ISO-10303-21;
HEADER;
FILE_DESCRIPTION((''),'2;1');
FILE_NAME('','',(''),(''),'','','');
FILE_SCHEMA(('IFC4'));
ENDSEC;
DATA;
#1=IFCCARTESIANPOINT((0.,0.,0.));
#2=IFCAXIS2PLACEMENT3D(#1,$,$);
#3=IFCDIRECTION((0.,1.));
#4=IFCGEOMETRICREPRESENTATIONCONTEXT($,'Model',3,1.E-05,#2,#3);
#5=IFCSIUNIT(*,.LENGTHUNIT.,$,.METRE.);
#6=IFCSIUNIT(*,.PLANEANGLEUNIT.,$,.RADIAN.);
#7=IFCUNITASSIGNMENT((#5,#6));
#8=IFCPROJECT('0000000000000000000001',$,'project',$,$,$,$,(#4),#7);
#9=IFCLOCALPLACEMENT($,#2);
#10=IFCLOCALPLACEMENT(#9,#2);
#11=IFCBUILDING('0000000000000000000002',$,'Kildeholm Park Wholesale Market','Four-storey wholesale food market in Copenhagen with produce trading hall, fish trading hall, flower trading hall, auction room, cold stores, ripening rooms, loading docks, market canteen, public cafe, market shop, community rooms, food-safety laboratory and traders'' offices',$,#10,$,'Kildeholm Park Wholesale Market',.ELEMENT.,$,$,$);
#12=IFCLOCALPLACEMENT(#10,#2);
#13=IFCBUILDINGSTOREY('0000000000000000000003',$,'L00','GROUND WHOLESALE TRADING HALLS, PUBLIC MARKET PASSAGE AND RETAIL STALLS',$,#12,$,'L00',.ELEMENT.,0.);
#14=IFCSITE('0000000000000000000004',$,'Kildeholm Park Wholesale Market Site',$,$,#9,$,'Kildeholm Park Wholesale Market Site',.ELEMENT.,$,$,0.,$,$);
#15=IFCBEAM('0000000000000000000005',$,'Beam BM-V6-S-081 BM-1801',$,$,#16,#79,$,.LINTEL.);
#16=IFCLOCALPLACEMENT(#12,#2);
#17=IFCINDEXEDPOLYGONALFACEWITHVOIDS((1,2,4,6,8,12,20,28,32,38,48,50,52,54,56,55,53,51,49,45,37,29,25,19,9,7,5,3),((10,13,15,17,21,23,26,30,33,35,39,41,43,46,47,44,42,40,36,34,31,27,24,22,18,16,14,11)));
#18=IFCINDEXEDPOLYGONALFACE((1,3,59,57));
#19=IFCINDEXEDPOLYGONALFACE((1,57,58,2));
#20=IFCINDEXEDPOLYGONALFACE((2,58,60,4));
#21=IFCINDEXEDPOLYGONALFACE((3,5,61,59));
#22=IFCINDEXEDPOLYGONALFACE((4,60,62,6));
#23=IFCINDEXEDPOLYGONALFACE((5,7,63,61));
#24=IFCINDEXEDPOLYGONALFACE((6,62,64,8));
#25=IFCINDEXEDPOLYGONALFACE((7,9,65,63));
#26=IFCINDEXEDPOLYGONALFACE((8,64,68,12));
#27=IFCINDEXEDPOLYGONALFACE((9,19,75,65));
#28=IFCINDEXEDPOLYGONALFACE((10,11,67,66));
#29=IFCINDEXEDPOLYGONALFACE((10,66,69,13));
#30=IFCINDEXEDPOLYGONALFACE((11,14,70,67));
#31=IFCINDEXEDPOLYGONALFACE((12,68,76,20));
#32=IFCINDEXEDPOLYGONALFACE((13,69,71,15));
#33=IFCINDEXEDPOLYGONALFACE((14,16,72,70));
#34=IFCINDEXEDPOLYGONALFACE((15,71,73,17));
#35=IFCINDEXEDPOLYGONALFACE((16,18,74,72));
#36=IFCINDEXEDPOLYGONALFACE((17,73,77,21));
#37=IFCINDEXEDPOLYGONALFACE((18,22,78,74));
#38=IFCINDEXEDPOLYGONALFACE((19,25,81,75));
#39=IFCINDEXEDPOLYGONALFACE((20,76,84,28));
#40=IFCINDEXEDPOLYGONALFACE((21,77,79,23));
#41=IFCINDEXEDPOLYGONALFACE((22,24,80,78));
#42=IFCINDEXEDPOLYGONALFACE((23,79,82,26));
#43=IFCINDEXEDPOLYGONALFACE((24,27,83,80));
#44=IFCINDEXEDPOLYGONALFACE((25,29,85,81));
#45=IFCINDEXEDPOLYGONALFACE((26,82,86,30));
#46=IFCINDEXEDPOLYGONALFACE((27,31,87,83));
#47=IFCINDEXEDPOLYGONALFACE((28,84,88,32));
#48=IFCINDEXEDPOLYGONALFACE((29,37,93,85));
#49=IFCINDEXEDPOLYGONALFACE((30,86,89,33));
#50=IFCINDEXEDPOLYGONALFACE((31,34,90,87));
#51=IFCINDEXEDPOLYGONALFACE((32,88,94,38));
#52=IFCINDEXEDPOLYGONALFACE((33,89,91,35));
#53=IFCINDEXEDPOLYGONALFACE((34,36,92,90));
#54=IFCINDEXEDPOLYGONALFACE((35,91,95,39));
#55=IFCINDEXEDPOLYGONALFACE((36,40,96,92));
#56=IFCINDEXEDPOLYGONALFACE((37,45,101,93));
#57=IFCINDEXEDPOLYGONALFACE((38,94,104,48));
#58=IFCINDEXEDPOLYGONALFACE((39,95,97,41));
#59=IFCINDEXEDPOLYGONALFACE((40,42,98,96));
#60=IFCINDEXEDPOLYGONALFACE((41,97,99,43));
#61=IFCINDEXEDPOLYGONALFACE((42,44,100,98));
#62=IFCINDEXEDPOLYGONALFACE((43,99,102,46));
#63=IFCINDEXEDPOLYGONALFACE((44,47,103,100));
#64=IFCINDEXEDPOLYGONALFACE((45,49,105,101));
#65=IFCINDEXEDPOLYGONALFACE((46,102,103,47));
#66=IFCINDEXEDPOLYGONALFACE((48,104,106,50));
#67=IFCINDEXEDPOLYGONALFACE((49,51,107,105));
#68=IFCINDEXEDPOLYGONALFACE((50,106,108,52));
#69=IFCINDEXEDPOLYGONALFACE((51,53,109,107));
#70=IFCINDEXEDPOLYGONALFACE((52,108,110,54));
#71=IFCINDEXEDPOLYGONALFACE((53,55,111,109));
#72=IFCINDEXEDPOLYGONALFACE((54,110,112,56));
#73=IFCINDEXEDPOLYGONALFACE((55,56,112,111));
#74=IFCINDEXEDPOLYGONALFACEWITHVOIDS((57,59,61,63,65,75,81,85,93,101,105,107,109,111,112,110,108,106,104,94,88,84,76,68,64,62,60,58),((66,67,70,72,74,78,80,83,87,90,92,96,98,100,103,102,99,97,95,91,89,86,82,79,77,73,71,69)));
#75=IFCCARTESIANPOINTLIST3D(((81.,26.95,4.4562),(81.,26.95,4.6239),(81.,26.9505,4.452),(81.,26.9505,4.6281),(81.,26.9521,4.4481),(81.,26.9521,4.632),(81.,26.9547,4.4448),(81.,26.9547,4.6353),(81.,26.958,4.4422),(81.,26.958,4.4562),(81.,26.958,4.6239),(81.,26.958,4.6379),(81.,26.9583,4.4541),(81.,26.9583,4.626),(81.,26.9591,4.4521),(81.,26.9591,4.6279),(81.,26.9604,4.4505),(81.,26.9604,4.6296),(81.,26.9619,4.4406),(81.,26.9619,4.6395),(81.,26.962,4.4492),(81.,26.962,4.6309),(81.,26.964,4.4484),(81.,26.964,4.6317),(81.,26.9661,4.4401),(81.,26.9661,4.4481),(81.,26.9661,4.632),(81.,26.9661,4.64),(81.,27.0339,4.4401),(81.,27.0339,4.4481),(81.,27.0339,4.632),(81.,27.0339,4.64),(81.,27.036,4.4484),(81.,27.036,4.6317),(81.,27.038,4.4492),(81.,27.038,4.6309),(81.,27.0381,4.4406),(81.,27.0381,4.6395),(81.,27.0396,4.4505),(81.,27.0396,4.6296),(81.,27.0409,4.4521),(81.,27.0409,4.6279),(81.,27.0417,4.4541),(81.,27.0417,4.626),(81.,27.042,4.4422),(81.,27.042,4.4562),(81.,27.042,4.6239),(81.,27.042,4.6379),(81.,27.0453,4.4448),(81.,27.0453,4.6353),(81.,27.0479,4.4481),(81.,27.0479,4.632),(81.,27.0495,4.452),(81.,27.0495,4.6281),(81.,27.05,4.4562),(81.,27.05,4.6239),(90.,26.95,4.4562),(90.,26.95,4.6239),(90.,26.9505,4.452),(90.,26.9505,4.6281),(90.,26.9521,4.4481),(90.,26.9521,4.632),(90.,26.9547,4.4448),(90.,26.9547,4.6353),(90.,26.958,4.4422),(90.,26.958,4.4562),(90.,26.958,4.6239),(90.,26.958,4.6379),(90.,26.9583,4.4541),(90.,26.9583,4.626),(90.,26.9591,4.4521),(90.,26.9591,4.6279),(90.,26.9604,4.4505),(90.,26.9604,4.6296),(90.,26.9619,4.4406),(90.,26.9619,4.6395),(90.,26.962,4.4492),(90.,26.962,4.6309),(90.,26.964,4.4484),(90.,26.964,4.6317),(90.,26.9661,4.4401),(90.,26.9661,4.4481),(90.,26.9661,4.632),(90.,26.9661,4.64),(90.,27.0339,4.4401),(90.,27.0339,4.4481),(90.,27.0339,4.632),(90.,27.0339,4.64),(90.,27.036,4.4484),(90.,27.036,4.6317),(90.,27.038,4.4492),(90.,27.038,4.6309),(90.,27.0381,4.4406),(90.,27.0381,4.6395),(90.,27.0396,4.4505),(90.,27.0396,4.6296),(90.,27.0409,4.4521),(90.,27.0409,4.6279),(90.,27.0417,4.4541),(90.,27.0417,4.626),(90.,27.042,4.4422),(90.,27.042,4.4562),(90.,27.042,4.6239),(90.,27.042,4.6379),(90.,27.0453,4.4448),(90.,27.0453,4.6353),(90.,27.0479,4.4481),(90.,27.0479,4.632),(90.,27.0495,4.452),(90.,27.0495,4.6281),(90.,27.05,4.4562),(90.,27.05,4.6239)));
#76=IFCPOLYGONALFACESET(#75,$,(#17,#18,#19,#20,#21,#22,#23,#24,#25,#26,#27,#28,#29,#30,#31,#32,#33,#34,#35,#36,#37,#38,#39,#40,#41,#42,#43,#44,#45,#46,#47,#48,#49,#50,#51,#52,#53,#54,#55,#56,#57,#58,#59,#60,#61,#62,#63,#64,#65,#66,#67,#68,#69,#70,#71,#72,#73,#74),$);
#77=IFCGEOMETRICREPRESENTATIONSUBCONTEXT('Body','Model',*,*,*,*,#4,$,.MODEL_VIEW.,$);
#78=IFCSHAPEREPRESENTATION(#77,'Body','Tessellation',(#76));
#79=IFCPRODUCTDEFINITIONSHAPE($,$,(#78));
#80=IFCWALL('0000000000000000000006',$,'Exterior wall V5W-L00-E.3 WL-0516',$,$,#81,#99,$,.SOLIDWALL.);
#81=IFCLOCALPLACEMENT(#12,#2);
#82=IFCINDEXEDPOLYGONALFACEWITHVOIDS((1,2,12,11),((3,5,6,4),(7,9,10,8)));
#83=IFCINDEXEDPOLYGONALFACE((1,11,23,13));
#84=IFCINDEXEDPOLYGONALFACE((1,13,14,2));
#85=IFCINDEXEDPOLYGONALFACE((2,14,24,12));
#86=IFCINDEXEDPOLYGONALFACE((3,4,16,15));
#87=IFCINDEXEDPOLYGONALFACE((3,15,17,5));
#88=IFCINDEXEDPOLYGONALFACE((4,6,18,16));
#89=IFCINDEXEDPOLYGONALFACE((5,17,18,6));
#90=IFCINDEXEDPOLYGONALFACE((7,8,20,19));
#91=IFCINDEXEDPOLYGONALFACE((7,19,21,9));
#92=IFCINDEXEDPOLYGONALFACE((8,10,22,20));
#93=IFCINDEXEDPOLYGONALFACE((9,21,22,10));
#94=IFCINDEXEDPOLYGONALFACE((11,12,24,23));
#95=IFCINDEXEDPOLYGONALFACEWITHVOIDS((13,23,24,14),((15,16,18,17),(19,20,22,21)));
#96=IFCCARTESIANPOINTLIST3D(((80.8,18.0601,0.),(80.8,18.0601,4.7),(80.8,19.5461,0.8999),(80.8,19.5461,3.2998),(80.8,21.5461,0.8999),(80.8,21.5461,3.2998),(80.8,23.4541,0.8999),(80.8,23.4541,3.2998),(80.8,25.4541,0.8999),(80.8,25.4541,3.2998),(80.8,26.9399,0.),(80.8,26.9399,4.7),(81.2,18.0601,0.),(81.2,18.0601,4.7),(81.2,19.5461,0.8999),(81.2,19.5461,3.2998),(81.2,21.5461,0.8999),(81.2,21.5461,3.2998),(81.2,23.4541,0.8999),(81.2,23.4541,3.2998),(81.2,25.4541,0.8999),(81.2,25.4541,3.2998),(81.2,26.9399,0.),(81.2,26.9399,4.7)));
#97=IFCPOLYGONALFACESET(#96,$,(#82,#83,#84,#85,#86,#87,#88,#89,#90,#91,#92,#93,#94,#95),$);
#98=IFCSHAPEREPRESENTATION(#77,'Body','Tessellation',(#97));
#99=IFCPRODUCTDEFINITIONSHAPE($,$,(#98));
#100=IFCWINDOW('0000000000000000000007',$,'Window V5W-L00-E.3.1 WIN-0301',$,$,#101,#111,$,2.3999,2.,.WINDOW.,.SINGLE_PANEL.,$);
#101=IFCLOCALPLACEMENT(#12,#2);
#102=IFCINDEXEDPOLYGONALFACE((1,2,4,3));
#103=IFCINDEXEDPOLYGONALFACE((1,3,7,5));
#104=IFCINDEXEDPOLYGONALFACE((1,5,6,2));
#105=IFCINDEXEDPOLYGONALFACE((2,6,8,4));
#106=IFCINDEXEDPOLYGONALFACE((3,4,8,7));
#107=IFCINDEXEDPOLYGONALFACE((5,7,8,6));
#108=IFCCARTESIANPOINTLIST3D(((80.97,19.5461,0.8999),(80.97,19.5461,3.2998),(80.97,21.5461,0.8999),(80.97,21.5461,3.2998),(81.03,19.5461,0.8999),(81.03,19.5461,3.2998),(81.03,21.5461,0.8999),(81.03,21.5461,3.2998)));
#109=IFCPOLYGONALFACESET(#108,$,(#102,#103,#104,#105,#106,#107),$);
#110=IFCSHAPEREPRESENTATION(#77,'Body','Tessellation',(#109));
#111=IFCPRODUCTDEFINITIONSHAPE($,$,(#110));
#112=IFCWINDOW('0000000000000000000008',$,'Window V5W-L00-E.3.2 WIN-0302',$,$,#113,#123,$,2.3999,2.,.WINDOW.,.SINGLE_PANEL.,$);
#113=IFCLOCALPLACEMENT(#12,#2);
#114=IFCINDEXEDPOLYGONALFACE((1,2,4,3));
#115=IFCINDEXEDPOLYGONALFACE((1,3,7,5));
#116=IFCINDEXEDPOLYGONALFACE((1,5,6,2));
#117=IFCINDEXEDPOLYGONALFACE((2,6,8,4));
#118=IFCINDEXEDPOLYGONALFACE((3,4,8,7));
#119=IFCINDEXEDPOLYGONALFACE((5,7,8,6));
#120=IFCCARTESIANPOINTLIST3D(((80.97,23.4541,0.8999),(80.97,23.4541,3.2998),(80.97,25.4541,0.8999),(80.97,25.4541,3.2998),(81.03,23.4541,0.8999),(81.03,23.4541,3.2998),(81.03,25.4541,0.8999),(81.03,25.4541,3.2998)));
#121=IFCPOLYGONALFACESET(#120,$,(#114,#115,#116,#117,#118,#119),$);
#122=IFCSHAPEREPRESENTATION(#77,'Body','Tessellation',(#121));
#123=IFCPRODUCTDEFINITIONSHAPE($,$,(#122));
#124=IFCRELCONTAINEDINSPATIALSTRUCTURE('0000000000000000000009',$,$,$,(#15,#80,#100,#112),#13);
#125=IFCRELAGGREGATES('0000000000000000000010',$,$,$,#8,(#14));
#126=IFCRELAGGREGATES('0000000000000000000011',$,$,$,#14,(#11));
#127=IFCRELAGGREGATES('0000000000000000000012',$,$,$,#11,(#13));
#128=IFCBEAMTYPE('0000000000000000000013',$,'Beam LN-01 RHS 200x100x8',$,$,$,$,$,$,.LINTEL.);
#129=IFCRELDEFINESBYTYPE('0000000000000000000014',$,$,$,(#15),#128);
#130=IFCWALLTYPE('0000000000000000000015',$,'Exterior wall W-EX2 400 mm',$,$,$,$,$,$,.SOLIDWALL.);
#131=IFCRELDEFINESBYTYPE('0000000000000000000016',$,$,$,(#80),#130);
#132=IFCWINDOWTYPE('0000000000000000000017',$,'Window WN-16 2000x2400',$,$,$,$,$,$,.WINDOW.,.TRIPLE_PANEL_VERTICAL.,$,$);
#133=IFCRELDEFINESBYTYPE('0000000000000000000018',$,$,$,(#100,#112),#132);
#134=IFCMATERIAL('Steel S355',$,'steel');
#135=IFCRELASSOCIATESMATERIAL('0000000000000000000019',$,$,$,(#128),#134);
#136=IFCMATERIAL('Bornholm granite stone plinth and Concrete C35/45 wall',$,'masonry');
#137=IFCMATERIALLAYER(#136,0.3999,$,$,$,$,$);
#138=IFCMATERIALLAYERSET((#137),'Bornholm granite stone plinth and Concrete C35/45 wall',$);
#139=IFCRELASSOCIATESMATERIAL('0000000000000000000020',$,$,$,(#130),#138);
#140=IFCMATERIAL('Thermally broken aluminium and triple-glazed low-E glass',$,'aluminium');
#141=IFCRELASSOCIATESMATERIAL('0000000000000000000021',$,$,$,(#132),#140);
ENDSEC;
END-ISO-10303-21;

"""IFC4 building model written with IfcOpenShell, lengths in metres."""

from ifc_helpers import new_model, si_unit, direction, frame, frame_2d, origin, origin_2d, place, context, subcontext, project, spatial, rectangle, hollow_rectangle, extrude, material, layer, layer_set, material_profile, profile_set, type_object, element, fill, save


model = new_model("IFC4")

# Units and contexts
model_context = context("Model", 3, precision=1e-05, world=origin(), true_north=direction((0.0, 1.0)))
body_context = subcontext(model_context, "Body", "Model", "MODEL_VIEW")
ifc_project = project(units=[si_unit("LENGTHUNIT", "METRE"), si_unit("PLANEANGLEUNIT", "RADIAN")], contexts=[model_context])

# Site, building, storey
site_placement = place(None, origin())
site = spatial("IfcSite", under=ifc_project, at=site_placement, Name="Kildeholm Park Wholesale Market Site", LongName="Kildeholm Park Wholesale Market Site", CompositionType="ELEMENT", RefElevation=0.0)
building_placement = place(site_placement, origin())
building = spatial("IfcBuilding", under=site, at=building_placement, Name="Kildeholm Park Wholesale Market", Description="Four-storey wholesale food market in Copenhagen with produce trading hall, fish trading hall, flower trading hall, auction room, cold stores, ripening rooms, loading docks, market canteen, public cafe, market shop, community rooms, food-safety laboratory and traders' offices", LongName="Kildeholm Park Wholesale Market", CompositionType="ELEMENT")
storey_placement = place(building_placement, origin())
storey = spatial("IfcBuildingStorey", under=building, at=storey_placement, Name="L00", Description="GROUND WHOLESALE TRADING HALLS, PUBLIC MARKET PASSAGE AND RETAIL STALLS", LongName="L00", CompositionType="ELEMENT", Elevation=0.0)

# Shared definitions
ifc_material_1 = material(Name="Steel S355", Category="steel")

# Beam
ifc_material_profile_1 = material_profile(ifc_material_1, hollow_rectangle(XDim=0.1001, YDim=0.2, WallThickness=0.0081, InnerFilletRadius=0.0081, OuterFilletRadius=0.0161, at=origin_2d()), Name="RHS 200x100x8")
ifc_profile_set_1 = profile_set([ifc_material_profile_1], Name="Steel S355")
beam_type_1 = type_object("IfcBeamType", Name="Beam LN-01 RHS 200x100x8", PredefinedType="LINTEL", material=ifc_profile_set_1)
beam_placement = place(storey_placement, frame((81.0, 27.0, 4.54), z_axis=(1.0, 0.0, 0.0), x_axis=(0.0, 1.0, 0.0)))
element("IfcBeam", 1, at=beam_placement, inside=storey, type_object=beam_type_1, Name="Beam BM-V6-S-081 BM-1801", PredefinedType="LINTEL", context=body_context, shape_type="SweptSolid", body=[
    extrude(hollow_rectangle(XDim=0.1001, YDim=0.2, WallThickness=0.0081, InnerFilletRadius=0.0081, OuterFilletRadius=0.0161, at=origin_2d()), origin(), (0.0, 0.0, 1.0), 9.0),
])

# Wall, openings, windows
ifc_material_2 = material(Name="Bornholm granite stone plinth and Concrete C35/45 wall", Category="masonry")
ifc_layer = layer(ifc_material_2, 0.3999)
ifc_layer_set = layer_set([ifc_layer], Name="Bornholm granite stone plinth and Concrete C35/45 wall")
wall_type = type_object("IfcWallType", Name="Exterior wall W-EX2 400 mm", PredefinedType="SOLIDWALL", material=ifc_layer_set)
wall_placement = place(storey_placement, frame((81.0, 18.0601, 0.0), z_axis=(0.0, 0.0, 1.0), x_axis=(0.0, 1.0, 0.0)))
wall = element("IfcWall", 2, at=wall_placement, inside=storey, type_object=wall_type, Name="Exterior wall V5W-L00-E.3 WL-0516", PredefinedType="SOLIDWALL", context=body_context, shape_type="SweptSolid", body=[
    extrude(rectangle(XDim=8.8799, YDim=0.3999, at=frame_2d((4.4399, 0.0))), origin(), (0.0, 0.0, 1.0), 4.7),
])
opening_1_placement = place(wall_placement, frame((1.4861, 0.0, 0.8999)))
opening_1 = element("IfcOpeningElement", 3, at=opening_1_placement, cuts=wall, PredefinedType="OPENING", context=body_context, shape_type="SweptSolid", body=[
    extrude(rectangle(XDim=2.0, YDim=2.3999, at=frame_2d((1.0, 1.2))), frame((0.0, 0.21, 0.0), z_axis=(0.0, -1.0, 0.0), x_axis=(1.0, 0.0, 0.0)), (0.0, 0.0, 1.0), 0.4199),
])
opening_2_placement = place(wall_placement, frame((5.394, 0.0, 0.8999)))
opening_2 = element("IfcOpeningElement", 4, at=opening_2_placement, cuts=wall, PredefinedType="OPENING", context=body_context, shape_type="SweptSolid", body=[
    extrude(rectangle(XDim=2.0, YDim=2.3999, at=frame_2d((1.0, 1.2))), frame((0.0, 0.21, 0.0), z_axis=(0.0, -1.0, 0.0), x_axis=(1.0, 0.0, 0.0)), (0.0, 0.0, 1.0), 0.4199),
])
ifc_material_3 = material(Name="Thermally broken aluminium and triple-glazed low-E glass", Category="aluminium")
window_type = type_object("IfcWindowType", Name="Window WN-16 2000x2400", PartitioningType="TRIPLE_PANEL_VERTICAL", PredefinedType="WINDOW", material=ifc_material_3)
window_1_placement = place(opening_1_placement, origin())
window_1 = element("IfcWindow", 5, at=window_1_placement, inside=storey, type_object=window_type, Name="Window V5W-L00-E.3.1 WIN-0301", OverallHeight=2.3999, OverallWidth=2.0, PartitioningType="SINGLE_PANEL", PredefinedType="WINDOW", context=body_context, shape_type="SweptSolid", body=[
    extrude(rectangle(XDim=2.0, YDim=2.3999, at=frame_2d((1.0, 1.2))), frame((0.0, 0.03, 0.0), z_axis=(0.0, -1.0, 0.0), x_axis=(1.0, 0.0, 0.0)), (0.0, 0.0, 1.0), 0.0601),
])
fill(opening_1, window_1)
window_2_placement = place(opening_2_placement, origin())
window_2 = element("IfcWindow", 6, at=window_2_placement, inside=storey, type_object=window_type, Name="Window V5W-L00-E.3.2 WIN-0302", OverallHeight=2.3999, OverallWidth=2.0, PartitioningType="SINGLE_PANEL", PredefinedType="WINDOW", context=body_context, shape_type="SweptSolid", body=[
    extrude(rectangle(XDim=2.0, YDim=2.3999, at=frame_2d((1.0, 1.2))), frame((0.0, 0.03, 0.0), z_axis=(0.0, -1.0, 0.0), x_axis=(1.0, 0.0, 0.0)), (0.0, 0.0, 1.0), 0.0601),
])
fill(opening_2, window_2)

save(model, "model.ifc")
